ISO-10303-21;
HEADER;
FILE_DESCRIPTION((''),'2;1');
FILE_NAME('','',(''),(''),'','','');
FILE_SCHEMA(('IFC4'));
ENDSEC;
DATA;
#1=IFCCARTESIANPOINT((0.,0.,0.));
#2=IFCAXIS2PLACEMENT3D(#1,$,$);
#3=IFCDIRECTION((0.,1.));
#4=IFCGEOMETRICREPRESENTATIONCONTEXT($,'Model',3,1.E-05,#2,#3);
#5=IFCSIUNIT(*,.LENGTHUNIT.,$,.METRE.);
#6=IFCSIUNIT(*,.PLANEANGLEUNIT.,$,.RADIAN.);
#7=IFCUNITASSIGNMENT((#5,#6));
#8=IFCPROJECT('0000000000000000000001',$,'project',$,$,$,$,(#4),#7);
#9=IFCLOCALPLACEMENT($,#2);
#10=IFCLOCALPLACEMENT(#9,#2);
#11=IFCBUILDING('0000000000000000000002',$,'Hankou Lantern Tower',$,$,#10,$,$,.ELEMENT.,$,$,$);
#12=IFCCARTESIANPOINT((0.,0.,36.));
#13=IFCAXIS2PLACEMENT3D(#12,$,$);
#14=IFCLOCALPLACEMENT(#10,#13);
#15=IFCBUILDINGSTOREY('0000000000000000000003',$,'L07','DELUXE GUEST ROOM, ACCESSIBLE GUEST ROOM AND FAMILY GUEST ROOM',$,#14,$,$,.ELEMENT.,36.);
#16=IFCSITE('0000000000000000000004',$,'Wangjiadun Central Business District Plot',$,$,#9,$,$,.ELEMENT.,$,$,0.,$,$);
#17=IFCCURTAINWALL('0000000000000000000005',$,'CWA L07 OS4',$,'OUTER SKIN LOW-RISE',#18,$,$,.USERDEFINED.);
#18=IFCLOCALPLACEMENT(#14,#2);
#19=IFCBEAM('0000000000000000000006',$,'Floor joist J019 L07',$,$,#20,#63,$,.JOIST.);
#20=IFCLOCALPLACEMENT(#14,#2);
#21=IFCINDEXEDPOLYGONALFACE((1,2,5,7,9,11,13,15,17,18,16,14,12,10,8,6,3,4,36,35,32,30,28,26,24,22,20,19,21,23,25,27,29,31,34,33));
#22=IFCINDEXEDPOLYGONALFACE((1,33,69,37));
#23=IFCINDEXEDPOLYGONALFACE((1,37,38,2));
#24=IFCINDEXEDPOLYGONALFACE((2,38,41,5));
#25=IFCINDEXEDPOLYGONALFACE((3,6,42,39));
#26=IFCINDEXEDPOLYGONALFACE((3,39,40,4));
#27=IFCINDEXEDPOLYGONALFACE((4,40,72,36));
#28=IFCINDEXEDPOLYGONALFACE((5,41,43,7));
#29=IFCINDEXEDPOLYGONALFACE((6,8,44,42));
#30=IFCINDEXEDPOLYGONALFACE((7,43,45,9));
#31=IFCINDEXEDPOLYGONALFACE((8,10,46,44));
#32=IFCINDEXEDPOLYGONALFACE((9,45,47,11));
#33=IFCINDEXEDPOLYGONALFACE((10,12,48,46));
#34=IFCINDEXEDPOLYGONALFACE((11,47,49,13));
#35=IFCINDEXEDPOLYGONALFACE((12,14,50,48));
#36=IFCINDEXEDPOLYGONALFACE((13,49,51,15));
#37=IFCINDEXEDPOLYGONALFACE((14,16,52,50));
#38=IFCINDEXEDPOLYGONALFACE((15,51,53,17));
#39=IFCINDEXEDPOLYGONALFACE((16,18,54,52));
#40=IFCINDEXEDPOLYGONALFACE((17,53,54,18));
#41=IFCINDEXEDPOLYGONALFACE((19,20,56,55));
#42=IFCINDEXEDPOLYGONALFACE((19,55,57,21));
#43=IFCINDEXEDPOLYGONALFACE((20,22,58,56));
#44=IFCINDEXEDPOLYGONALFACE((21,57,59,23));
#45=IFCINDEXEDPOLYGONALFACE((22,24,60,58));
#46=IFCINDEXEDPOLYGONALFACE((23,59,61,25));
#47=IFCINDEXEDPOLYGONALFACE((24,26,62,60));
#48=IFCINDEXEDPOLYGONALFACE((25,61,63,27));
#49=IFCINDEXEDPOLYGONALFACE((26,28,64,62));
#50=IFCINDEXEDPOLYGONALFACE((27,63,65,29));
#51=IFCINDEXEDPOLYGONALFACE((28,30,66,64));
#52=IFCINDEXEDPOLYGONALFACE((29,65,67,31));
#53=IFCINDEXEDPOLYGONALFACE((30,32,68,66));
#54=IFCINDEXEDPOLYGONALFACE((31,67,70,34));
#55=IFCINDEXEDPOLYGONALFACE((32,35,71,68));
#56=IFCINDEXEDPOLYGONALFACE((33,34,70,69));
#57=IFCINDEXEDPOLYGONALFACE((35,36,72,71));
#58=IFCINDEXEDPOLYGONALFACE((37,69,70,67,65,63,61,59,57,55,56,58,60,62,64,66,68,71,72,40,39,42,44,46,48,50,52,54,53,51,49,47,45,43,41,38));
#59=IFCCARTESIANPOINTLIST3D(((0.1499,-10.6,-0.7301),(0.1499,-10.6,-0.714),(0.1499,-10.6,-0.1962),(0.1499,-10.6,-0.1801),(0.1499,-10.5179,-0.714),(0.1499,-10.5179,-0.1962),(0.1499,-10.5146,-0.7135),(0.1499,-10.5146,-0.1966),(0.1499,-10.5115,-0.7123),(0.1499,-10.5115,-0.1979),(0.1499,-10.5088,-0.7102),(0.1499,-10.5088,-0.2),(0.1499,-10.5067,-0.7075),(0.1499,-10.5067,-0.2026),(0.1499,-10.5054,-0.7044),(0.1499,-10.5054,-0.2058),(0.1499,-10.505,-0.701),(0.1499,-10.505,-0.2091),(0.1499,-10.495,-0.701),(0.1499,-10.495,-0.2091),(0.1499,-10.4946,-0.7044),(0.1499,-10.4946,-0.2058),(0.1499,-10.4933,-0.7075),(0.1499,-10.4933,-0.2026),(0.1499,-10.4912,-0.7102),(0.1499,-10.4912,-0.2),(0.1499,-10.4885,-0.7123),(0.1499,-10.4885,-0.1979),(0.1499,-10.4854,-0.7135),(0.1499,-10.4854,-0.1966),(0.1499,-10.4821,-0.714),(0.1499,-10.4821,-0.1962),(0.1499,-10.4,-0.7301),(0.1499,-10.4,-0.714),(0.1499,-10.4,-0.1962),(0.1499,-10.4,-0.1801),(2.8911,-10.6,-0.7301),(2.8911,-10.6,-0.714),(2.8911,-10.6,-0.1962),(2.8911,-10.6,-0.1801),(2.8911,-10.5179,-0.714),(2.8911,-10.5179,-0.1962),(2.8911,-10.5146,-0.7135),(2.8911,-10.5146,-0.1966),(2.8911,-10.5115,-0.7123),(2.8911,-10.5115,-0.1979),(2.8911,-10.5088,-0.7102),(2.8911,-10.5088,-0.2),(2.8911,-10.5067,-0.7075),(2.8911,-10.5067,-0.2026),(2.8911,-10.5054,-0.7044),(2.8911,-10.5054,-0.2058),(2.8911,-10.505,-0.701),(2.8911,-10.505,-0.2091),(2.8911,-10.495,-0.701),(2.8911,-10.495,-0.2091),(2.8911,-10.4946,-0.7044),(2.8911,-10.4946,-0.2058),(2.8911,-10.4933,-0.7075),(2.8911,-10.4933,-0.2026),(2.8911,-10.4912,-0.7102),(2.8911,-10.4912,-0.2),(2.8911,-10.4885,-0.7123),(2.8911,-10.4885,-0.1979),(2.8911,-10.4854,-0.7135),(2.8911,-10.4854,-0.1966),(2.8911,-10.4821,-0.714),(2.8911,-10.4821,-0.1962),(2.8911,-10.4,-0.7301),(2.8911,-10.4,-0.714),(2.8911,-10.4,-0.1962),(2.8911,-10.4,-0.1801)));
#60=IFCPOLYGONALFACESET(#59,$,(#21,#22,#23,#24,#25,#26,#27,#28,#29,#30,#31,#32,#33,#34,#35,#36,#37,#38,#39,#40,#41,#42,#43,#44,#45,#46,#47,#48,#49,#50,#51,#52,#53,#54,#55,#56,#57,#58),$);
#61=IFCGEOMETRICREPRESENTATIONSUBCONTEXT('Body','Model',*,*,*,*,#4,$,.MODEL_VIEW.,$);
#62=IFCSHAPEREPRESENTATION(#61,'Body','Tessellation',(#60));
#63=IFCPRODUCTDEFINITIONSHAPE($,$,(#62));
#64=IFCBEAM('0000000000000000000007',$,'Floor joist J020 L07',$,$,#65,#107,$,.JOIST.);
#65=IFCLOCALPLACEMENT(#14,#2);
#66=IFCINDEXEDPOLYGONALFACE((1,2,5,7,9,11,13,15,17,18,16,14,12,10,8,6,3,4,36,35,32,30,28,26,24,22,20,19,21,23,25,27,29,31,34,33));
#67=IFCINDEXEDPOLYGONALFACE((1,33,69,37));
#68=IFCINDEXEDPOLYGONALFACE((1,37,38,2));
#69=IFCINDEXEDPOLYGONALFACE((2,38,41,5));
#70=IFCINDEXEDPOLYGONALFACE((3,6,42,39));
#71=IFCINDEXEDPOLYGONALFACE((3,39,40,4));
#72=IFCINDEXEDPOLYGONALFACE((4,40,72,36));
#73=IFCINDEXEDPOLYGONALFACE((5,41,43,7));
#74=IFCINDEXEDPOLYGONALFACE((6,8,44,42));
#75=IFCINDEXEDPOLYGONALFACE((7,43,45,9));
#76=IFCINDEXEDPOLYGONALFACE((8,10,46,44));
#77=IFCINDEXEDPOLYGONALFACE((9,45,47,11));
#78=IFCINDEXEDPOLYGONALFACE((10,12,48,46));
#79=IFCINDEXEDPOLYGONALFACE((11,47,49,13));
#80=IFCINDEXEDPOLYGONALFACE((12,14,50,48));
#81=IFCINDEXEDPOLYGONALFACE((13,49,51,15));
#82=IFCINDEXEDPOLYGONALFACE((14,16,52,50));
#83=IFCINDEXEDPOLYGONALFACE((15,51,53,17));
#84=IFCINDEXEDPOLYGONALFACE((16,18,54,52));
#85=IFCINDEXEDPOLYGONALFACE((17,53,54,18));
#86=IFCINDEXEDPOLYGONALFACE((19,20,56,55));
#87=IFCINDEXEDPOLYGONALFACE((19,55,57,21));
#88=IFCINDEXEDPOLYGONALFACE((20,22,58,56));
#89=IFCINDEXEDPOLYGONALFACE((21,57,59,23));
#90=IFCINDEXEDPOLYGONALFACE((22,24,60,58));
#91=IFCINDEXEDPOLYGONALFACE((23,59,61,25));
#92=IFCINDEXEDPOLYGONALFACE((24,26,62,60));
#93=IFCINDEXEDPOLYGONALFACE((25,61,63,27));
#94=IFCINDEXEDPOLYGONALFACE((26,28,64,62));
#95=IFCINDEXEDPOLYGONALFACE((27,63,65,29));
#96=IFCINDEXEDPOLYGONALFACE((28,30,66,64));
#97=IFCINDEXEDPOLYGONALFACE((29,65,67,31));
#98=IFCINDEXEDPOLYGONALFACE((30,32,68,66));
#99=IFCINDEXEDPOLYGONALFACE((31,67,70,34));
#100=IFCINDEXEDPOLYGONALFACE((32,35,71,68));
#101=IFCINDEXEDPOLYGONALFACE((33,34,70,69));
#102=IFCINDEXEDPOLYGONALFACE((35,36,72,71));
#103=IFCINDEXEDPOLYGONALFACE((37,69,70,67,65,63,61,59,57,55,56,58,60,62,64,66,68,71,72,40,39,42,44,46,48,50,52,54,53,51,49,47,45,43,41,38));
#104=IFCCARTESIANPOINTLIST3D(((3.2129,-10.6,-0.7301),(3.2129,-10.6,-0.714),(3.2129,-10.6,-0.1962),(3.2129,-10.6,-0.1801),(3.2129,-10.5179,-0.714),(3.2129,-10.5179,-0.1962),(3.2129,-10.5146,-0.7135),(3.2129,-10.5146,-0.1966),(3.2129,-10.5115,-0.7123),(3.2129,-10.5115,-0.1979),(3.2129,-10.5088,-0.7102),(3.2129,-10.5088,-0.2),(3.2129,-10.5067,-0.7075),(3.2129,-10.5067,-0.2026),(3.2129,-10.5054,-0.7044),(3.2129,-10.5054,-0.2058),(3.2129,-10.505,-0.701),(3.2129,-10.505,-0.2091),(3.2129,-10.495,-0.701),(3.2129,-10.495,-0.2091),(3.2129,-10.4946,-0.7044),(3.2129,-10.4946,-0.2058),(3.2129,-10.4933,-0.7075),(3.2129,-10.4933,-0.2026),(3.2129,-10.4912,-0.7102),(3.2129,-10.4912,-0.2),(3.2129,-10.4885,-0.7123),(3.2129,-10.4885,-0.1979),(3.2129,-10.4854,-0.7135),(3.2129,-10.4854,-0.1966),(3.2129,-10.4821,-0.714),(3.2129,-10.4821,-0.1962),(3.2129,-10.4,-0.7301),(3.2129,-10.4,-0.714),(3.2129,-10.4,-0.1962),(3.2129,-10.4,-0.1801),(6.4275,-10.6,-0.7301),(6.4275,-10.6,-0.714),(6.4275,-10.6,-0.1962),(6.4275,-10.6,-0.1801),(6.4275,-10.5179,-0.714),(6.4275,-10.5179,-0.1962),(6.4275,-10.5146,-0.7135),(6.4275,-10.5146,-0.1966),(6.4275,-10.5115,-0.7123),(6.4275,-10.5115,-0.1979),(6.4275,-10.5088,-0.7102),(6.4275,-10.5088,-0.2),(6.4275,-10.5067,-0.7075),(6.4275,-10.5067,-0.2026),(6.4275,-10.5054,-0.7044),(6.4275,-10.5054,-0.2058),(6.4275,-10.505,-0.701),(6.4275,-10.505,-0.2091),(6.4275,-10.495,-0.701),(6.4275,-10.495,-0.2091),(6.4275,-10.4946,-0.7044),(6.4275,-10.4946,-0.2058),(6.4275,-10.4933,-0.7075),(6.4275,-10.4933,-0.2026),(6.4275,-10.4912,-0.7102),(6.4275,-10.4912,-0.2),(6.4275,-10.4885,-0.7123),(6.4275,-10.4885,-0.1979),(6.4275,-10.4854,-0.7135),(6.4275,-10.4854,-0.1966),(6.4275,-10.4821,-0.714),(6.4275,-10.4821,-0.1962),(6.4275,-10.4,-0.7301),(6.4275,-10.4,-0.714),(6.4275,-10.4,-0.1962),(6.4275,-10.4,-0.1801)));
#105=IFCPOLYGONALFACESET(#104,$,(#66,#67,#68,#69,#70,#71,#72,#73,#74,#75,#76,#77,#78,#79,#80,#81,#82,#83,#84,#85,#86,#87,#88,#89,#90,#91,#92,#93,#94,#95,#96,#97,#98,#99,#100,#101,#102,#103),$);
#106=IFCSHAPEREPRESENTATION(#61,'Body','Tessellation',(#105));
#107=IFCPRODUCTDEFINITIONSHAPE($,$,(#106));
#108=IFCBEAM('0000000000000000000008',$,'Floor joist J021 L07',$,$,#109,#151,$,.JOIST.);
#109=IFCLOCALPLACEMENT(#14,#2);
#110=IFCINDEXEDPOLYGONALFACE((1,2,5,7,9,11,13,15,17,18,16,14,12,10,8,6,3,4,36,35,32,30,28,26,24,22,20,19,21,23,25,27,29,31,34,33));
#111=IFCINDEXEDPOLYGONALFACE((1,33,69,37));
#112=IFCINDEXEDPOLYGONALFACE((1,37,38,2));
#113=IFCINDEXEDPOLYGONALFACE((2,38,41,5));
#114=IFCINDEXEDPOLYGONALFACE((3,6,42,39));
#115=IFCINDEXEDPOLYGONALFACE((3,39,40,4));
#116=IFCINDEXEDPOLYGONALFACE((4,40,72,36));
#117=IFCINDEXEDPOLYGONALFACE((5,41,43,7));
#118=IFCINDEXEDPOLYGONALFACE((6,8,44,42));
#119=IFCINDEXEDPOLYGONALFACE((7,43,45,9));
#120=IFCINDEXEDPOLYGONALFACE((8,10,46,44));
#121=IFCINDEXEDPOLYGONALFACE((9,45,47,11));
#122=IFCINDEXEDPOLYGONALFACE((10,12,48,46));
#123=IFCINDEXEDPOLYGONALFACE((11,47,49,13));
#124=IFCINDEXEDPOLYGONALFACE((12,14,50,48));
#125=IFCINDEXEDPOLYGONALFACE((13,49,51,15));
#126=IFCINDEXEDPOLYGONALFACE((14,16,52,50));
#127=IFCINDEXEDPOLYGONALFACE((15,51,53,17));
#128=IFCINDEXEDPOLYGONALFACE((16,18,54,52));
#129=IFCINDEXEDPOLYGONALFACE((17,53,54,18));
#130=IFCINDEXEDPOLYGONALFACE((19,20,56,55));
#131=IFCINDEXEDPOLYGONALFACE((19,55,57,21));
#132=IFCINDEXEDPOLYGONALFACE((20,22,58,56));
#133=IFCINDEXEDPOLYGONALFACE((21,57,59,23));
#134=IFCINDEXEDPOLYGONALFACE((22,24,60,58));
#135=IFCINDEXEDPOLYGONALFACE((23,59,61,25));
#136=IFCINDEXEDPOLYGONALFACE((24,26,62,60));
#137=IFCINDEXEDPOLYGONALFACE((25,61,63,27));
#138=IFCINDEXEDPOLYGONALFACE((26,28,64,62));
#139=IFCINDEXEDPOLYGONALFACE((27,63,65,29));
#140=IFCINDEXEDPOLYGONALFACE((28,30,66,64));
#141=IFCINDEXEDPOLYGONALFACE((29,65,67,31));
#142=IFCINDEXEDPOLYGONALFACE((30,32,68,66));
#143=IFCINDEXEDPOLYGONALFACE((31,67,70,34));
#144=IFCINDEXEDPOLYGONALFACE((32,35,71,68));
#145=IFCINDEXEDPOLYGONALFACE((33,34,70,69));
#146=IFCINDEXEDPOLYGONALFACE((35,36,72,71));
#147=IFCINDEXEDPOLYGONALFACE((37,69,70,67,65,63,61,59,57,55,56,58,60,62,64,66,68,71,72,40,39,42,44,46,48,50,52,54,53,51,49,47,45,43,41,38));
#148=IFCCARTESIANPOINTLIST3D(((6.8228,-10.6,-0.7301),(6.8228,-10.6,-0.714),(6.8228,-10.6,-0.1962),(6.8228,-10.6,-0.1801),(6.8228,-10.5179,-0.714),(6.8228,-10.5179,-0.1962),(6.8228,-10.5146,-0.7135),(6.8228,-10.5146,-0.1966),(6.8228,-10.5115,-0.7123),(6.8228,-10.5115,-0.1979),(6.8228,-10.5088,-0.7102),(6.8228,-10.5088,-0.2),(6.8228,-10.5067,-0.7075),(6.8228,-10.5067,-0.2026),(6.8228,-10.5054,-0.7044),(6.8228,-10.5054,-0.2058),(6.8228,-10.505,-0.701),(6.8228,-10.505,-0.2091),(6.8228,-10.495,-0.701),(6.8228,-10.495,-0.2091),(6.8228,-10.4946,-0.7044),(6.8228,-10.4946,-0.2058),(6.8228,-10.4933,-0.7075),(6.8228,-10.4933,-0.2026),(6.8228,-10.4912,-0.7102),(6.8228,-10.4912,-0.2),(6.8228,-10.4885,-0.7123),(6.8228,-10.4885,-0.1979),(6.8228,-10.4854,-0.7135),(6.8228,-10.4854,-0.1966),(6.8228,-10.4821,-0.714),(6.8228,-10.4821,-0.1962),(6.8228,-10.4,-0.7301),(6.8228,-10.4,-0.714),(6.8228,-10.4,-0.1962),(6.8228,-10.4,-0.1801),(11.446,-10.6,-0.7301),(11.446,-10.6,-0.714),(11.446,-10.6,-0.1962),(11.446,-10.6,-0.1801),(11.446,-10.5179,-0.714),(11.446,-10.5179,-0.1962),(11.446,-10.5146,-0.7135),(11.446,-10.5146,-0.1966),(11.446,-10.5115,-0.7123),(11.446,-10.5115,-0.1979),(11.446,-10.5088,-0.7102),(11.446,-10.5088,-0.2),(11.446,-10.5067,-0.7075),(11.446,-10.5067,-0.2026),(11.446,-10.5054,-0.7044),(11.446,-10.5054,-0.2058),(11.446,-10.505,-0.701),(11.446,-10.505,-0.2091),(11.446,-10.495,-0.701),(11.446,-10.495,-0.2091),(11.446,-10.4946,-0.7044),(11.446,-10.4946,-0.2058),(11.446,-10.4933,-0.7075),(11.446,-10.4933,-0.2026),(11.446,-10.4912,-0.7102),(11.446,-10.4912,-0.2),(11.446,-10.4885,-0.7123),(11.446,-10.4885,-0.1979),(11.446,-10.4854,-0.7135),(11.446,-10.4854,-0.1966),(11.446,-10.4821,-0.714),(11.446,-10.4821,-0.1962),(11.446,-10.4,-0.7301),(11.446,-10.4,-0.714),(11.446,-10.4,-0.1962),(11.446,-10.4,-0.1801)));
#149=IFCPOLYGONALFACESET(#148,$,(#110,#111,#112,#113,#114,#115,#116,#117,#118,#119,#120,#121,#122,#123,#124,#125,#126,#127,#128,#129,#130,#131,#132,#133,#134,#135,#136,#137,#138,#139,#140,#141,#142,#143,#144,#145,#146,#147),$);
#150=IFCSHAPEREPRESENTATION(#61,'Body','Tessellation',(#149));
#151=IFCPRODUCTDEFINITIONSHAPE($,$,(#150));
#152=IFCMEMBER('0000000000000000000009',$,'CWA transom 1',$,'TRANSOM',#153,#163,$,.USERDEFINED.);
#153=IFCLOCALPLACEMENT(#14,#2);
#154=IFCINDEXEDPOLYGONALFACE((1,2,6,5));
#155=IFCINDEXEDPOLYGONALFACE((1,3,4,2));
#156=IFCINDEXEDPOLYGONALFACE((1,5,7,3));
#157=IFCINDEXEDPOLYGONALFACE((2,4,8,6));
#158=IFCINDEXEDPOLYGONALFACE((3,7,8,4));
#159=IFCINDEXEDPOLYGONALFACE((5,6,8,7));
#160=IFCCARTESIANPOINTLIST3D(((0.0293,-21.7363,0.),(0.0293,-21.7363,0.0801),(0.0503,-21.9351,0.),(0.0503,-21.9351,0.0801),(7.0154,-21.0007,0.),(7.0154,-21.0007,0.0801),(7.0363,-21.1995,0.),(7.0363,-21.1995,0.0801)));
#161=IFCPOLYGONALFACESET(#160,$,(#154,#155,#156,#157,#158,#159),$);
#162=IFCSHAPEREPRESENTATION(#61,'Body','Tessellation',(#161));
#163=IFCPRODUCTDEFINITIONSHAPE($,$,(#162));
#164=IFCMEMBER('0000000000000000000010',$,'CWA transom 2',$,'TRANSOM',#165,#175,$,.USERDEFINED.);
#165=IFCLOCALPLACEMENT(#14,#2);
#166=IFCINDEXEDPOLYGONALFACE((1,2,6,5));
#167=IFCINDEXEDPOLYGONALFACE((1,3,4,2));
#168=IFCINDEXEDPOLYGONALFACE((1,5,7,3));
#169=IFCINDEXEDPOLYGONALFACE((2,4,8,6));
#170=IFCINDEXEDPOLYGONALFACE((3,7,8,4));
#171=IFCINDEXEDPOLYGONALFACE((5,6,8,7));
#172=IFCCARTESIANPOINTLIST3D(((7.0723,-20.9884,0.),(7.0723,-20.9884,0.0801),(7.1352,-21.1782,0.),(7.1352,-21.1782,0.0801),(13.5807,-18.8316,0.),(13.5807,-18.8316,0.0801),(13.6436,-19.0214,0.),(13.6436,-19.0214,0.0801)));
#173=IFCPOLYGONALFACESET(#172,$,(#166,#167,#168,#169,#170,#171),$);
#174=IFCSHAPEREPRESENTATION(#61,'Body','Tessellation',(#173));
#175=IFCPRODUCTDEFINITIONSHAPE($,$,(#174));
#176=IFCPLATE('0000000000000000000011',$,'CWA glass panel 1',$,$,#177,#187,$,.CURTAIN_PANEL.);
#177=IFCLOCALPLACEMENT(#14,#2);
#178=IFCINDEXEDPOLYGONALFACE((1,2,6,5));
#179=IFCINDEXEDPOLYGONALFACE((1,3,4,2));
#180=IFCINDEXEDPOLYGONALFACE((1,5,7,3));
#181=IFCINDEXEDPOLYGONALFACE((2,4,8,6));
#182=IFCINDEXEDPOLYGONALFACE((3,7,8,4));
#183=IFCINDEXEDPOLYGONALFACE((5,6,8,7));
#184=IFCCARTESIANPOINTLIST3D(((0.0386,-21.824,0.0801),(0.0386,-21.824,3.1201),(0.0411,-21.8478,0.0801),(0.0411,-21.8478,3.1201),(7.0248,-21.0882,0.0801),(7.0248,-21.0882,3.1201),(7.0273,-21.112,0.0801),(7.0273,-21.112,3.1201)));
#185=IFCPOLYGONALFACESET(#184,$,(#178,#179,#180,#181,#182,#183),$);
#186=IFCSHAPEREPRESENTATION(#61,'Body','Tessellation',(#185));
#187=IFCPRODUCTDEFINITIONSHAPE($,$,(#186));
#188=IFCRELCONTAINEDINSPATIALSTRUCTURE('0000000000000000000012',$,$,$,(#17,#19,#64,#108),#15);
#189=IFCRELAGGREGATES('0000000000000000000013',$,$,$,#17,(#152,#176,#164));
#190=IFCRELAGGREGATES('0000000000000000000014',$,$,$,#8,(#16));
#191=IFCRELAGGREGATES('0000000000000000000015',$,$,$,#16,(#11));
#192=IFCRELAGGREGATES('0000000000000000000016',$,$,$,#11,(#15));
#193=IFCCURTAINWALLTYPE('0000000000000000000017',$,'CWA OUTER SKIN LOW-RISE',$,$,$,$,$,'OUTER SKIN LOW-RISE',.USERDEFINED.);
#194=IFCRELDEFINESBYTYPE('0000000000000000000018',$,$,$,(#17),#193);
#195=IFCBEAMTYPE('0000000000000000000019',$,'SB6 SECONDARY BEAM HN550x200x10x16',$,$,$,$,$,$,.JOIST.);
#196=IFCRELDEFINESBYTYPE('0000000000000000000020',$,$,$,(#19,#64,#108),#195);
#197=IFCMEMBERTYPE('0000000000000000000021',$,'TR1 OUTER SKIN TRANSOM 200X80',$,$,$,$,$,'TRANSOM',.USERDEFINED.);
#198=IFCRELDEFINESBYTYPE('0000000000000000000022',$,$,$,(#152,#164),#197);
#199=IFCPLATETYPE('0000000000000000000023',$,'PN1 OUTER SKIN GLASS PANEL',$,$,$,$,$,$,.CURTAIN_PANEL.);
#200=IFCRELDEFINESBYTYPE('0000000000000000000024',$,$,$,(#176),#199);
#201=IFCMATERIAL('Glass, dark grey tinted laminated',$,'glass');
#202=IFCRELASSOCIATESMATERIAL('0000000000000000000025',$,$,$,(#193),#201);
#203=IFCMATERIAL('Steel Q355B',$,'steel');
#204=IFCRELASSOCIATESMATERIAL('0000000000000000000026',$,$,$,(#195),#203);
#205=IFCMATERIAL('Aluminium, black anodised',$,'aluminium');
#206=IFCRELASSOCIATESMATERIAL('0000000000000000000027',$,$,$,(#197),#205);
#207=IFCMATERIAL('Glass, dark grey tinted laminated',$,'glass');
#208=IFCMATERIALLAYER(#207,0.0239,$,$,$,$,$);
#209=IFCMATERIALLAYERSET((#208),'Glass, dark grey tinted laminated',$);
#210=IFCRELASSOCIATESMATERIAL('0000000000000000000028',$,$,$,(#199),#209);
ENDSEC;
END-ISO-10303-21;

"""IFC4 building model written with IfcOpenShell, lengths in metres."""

from ifc_helpers import new_model, si_unit, direction, frame, origin, origin_2d, place, context, subcontext, project, spatial, rectangle, i_section, extrude, material, layer, layer_set, material_profile, profile_set, type_object, element, aggregate, save


model = new_model("IFC4")

# Units and contexts
model_context = context("Model", 3, precision=1e-05, world=origin(), true_north=direction((0.0, 1.0)))
body_context = subcontext(model_context, "Body", "Model", "MODEL_VIEW")
ifc_project = project(units=[si_unit("LENGTHUNIT", "METRE"), si_unit("PLANEANGLEUNIT", "RADIAN")], contexts=[model_context])

# Site, building, storey
site_placement = place(None, origin())
site = spatial("IfcSite", under=ifc_project, at=site_placement, Name="Wangjiadun Central Business District Plot", CompositionType="ELEMENT", RefElevation=0.0)
building_placement = place(site_placement, origin())
building = spatial("IfcBuilding", under=site, at=building_placement, Name="Hankou Lantern Tower", CompositionType="ELEMENT")
storey_placement = place(building_placement, frame((0.0, 0.0, 36.0)))
storey = spatial("IfcBuildingStorey", under=building, at=storey_placement, Name="L07", Description="DELUXE GUEST ROOM, ACCESSIBLE GUEST ROOM AND FAMILY GUEST ROOM", CompositionType="ELEMENT", Elevation=36.0)

# Curtain wall
ifc_material_1 = material(Name="Glass, dark grey tinted laminated", Category="glass")
curtain_wall_type = type_object("IfcCurtainWallType", Name="CWA OUTER SKIN LOW-RISE", ElementType="OUTER SKIN LOW-RISE", PredefinedType="USERDEFINED", material=ifc_material_1)
curtain_wall_placement = place(storey_placement, origin())
curtain_wall = element("IfcCurtainWall", 1, at=curtain_wall_placement, inside=storey, type_object=curtain_wall_type, Name="CWA L07 OS4", ObjectType="OUTER SKIN LOW-RISE", PredefinedType="USERDEFINED")

# Beams
ifc_material_2 = material(Name="Steel Q355B", Category="steel")
ifc_material_profile_1 = material_profile(ifc_material_2, i_section(OverallWidth=0.2, OverallDepth=0.55, WebThickness=0.01, FlangeThickness=0.0161, FilletRadius=0.0129, at=origin_2d()), Name="HN550x200x10x16")
ifc_profile_set_1 = profile_set([ifc_material_profile_1], Name="Steel Q355B")
beam_type_1 = type_object("IfcBeamType", Name="SB6 SECONDARY BEAM HN550x200x10x16", PredefinedType="JOIST", material=ifc_profile_set_1)
beam_1_placement = place(storey_placement, frame((0.1499, -10.5, -0.4551), z_axis=(1.0, 0.0, 0.0), x_axis=(0.0, 1.0, 0.0)))
element("IfcBeam", 2, at=beam_1_placement, inside=storey, type_object=beam_type_1, Name="Floor joist J019 L07", PredefinedType="JOIST", context=body_context, shape_type="SweptSolid", body=[
    extrude(i_section(OverallWidth=0.2, OverallDepth=0.55, WebThickness=0.01, FlangeThickness=0.0161, FilletRadius=0.0129, at=origin_2d()), origin(), (0.0, 0.0, 1.0), 2.7412),
])
beam_2_placement = place(storey_placement, frame((3.2129, -10.5, -0.4551), z_axis=(1.0, 0.0, 0.0), x_axis=(0.0, 1.0, 0.0)))
element("IfcBeam", 3, at=beam_2_placement, inside=storey, type_object=beam_type_1, Name="Floor joist J020 L07", PredefinedType="JOIST", context=body_context, shape_type="SweptSolid", body=[
    extrude(i_section(OverallWidth=0.2, OverallDepth=0.55, WebThickness=0.01, FlangeThickness=0.0161, FilletRadius=0.0129, at=origin_2d()), origin(), (0.0, 0.0, 1.0), 3.2146),
])
beam_3_placement = place(storey_placement, frame((6.8228, -10.5, -0.4551), z_axis=(1.0, 0.0, 0.0), x_axis=(0.0, 1.0, 0.0)))
element("IfcBeam", 4, at=beam_3_placement, inside=storey, type_object=beam_type_1, Name="Floor joist J021 L07", PredefinedType="JOIST", context=body_context, shape_type="SweptSolid", body=[
    extrude(i_section(OverallWidth=0.2, OverallDepth=0.55, WebThickness=0.01, FlangeThickness=0.0161, FilletRadius=0.0129, at=origin_2d()), origin(), (0.0, 0.0, 1.0), 4.6233),
])

# Members
ifc_material_3 = material(Name="Aluminium, black anodised", Category="aluminium")
ifc_material_profile_2 = material_profile(ifc_material_3, rectangle(XDim=0.2, YDim=0.0801, at=origin_2d()), Name="TR1 200X80")
ifc_profile_set_2 = profile_set([ifc_material_profile_2], Name="Aluminium, black anodised")
member_type_1 = type_object("IfcMemberType", Name="TR1 OUTER SKIN TRANSOM 200X80", ElementType="TRANSOM", PredefinedType="USERDEFINED", material=ifc_profile_set_2)
member_1_placement = place(storey_placement, frame((0.0398, -21.8357, 0.04), z_axis=(0.994502, 0.104716, 0.0), x_axis=(-0.104716, 0.994502, 0.0)))
member_1 = element("IfcMember", 5, at=member_1_placement, type_object=member_type_1, Name="CWA transom 1", ObjectType="TRANSOM", PredefinedType="USERDEFINED", context=body_context, shape_type="SweptSolid", body=[
    extrude(rectangle(XDim=0.2, YDim=0.0801, at=origin_2d()), origin(), (0.0, 0.0, 1.0), 7.0247),
])
member_2_placement = place(storey_placement, frame((7.1038, -21.0833, 0.04), z_axis=(0.949237, 0.314561, 0.0), x_axis=(-0.314561, 0.949237, 0.0)))
member_2 = element("IfcMember", 6, at=member_2_placement, type_object=member_type_1, Name="CWA transom 2", ObjectType="TRANSOM", PredefinedType="USERDEFINED", context=body_context, shape_type="SweptSolid", body=[
    extrude(rectangle(XDim=0.2, YDim=0.0801, at=origin_2d()), origin(), (0.0, 0.0, 1.0), 6.8564),
])

# Plate
ifc_material_4 = material(Name="Glass, dark grey tinted laminated", Category="glass")
ifc_layer_1 = layer(ifc_material_4, 0.0239)
ifc_layer_set_1 = layer_set([ifc_layer_1], Name="Glass, dark grey tinted laminated")
plate_type = type_object("IfcPlateType", Name="PN1 OUTER SKIN GLASS PANEL", PredefinedType="CURTAIN_PANEL", material=ifc_layer_set_1)
plate_1_placement = place(storey_placement, frame((3.533, -21.468, 0.0801), z_axis=(0.0, 0.0, 1.0), x_axis=(0.994499, 0.104743, 0.0)))
plate_1 = element("IfcPlate", 7, at=plate_1_placement, type_object=plate_type, Name="CWA glass panel 1", PredefinedType="CURTAIN_PANEL", context=body_context, shape_type="SweptSolid", body=[
    extrude(rectangle(XDim=7.0249, YDim=0.0239, at=origin_2d()), origin(), (0.0, 0.0, 1.0), 3.04),
])
aggregate(curtain_wall, [member_1, plate_1, member_2])

save(model, "model.ifc")
